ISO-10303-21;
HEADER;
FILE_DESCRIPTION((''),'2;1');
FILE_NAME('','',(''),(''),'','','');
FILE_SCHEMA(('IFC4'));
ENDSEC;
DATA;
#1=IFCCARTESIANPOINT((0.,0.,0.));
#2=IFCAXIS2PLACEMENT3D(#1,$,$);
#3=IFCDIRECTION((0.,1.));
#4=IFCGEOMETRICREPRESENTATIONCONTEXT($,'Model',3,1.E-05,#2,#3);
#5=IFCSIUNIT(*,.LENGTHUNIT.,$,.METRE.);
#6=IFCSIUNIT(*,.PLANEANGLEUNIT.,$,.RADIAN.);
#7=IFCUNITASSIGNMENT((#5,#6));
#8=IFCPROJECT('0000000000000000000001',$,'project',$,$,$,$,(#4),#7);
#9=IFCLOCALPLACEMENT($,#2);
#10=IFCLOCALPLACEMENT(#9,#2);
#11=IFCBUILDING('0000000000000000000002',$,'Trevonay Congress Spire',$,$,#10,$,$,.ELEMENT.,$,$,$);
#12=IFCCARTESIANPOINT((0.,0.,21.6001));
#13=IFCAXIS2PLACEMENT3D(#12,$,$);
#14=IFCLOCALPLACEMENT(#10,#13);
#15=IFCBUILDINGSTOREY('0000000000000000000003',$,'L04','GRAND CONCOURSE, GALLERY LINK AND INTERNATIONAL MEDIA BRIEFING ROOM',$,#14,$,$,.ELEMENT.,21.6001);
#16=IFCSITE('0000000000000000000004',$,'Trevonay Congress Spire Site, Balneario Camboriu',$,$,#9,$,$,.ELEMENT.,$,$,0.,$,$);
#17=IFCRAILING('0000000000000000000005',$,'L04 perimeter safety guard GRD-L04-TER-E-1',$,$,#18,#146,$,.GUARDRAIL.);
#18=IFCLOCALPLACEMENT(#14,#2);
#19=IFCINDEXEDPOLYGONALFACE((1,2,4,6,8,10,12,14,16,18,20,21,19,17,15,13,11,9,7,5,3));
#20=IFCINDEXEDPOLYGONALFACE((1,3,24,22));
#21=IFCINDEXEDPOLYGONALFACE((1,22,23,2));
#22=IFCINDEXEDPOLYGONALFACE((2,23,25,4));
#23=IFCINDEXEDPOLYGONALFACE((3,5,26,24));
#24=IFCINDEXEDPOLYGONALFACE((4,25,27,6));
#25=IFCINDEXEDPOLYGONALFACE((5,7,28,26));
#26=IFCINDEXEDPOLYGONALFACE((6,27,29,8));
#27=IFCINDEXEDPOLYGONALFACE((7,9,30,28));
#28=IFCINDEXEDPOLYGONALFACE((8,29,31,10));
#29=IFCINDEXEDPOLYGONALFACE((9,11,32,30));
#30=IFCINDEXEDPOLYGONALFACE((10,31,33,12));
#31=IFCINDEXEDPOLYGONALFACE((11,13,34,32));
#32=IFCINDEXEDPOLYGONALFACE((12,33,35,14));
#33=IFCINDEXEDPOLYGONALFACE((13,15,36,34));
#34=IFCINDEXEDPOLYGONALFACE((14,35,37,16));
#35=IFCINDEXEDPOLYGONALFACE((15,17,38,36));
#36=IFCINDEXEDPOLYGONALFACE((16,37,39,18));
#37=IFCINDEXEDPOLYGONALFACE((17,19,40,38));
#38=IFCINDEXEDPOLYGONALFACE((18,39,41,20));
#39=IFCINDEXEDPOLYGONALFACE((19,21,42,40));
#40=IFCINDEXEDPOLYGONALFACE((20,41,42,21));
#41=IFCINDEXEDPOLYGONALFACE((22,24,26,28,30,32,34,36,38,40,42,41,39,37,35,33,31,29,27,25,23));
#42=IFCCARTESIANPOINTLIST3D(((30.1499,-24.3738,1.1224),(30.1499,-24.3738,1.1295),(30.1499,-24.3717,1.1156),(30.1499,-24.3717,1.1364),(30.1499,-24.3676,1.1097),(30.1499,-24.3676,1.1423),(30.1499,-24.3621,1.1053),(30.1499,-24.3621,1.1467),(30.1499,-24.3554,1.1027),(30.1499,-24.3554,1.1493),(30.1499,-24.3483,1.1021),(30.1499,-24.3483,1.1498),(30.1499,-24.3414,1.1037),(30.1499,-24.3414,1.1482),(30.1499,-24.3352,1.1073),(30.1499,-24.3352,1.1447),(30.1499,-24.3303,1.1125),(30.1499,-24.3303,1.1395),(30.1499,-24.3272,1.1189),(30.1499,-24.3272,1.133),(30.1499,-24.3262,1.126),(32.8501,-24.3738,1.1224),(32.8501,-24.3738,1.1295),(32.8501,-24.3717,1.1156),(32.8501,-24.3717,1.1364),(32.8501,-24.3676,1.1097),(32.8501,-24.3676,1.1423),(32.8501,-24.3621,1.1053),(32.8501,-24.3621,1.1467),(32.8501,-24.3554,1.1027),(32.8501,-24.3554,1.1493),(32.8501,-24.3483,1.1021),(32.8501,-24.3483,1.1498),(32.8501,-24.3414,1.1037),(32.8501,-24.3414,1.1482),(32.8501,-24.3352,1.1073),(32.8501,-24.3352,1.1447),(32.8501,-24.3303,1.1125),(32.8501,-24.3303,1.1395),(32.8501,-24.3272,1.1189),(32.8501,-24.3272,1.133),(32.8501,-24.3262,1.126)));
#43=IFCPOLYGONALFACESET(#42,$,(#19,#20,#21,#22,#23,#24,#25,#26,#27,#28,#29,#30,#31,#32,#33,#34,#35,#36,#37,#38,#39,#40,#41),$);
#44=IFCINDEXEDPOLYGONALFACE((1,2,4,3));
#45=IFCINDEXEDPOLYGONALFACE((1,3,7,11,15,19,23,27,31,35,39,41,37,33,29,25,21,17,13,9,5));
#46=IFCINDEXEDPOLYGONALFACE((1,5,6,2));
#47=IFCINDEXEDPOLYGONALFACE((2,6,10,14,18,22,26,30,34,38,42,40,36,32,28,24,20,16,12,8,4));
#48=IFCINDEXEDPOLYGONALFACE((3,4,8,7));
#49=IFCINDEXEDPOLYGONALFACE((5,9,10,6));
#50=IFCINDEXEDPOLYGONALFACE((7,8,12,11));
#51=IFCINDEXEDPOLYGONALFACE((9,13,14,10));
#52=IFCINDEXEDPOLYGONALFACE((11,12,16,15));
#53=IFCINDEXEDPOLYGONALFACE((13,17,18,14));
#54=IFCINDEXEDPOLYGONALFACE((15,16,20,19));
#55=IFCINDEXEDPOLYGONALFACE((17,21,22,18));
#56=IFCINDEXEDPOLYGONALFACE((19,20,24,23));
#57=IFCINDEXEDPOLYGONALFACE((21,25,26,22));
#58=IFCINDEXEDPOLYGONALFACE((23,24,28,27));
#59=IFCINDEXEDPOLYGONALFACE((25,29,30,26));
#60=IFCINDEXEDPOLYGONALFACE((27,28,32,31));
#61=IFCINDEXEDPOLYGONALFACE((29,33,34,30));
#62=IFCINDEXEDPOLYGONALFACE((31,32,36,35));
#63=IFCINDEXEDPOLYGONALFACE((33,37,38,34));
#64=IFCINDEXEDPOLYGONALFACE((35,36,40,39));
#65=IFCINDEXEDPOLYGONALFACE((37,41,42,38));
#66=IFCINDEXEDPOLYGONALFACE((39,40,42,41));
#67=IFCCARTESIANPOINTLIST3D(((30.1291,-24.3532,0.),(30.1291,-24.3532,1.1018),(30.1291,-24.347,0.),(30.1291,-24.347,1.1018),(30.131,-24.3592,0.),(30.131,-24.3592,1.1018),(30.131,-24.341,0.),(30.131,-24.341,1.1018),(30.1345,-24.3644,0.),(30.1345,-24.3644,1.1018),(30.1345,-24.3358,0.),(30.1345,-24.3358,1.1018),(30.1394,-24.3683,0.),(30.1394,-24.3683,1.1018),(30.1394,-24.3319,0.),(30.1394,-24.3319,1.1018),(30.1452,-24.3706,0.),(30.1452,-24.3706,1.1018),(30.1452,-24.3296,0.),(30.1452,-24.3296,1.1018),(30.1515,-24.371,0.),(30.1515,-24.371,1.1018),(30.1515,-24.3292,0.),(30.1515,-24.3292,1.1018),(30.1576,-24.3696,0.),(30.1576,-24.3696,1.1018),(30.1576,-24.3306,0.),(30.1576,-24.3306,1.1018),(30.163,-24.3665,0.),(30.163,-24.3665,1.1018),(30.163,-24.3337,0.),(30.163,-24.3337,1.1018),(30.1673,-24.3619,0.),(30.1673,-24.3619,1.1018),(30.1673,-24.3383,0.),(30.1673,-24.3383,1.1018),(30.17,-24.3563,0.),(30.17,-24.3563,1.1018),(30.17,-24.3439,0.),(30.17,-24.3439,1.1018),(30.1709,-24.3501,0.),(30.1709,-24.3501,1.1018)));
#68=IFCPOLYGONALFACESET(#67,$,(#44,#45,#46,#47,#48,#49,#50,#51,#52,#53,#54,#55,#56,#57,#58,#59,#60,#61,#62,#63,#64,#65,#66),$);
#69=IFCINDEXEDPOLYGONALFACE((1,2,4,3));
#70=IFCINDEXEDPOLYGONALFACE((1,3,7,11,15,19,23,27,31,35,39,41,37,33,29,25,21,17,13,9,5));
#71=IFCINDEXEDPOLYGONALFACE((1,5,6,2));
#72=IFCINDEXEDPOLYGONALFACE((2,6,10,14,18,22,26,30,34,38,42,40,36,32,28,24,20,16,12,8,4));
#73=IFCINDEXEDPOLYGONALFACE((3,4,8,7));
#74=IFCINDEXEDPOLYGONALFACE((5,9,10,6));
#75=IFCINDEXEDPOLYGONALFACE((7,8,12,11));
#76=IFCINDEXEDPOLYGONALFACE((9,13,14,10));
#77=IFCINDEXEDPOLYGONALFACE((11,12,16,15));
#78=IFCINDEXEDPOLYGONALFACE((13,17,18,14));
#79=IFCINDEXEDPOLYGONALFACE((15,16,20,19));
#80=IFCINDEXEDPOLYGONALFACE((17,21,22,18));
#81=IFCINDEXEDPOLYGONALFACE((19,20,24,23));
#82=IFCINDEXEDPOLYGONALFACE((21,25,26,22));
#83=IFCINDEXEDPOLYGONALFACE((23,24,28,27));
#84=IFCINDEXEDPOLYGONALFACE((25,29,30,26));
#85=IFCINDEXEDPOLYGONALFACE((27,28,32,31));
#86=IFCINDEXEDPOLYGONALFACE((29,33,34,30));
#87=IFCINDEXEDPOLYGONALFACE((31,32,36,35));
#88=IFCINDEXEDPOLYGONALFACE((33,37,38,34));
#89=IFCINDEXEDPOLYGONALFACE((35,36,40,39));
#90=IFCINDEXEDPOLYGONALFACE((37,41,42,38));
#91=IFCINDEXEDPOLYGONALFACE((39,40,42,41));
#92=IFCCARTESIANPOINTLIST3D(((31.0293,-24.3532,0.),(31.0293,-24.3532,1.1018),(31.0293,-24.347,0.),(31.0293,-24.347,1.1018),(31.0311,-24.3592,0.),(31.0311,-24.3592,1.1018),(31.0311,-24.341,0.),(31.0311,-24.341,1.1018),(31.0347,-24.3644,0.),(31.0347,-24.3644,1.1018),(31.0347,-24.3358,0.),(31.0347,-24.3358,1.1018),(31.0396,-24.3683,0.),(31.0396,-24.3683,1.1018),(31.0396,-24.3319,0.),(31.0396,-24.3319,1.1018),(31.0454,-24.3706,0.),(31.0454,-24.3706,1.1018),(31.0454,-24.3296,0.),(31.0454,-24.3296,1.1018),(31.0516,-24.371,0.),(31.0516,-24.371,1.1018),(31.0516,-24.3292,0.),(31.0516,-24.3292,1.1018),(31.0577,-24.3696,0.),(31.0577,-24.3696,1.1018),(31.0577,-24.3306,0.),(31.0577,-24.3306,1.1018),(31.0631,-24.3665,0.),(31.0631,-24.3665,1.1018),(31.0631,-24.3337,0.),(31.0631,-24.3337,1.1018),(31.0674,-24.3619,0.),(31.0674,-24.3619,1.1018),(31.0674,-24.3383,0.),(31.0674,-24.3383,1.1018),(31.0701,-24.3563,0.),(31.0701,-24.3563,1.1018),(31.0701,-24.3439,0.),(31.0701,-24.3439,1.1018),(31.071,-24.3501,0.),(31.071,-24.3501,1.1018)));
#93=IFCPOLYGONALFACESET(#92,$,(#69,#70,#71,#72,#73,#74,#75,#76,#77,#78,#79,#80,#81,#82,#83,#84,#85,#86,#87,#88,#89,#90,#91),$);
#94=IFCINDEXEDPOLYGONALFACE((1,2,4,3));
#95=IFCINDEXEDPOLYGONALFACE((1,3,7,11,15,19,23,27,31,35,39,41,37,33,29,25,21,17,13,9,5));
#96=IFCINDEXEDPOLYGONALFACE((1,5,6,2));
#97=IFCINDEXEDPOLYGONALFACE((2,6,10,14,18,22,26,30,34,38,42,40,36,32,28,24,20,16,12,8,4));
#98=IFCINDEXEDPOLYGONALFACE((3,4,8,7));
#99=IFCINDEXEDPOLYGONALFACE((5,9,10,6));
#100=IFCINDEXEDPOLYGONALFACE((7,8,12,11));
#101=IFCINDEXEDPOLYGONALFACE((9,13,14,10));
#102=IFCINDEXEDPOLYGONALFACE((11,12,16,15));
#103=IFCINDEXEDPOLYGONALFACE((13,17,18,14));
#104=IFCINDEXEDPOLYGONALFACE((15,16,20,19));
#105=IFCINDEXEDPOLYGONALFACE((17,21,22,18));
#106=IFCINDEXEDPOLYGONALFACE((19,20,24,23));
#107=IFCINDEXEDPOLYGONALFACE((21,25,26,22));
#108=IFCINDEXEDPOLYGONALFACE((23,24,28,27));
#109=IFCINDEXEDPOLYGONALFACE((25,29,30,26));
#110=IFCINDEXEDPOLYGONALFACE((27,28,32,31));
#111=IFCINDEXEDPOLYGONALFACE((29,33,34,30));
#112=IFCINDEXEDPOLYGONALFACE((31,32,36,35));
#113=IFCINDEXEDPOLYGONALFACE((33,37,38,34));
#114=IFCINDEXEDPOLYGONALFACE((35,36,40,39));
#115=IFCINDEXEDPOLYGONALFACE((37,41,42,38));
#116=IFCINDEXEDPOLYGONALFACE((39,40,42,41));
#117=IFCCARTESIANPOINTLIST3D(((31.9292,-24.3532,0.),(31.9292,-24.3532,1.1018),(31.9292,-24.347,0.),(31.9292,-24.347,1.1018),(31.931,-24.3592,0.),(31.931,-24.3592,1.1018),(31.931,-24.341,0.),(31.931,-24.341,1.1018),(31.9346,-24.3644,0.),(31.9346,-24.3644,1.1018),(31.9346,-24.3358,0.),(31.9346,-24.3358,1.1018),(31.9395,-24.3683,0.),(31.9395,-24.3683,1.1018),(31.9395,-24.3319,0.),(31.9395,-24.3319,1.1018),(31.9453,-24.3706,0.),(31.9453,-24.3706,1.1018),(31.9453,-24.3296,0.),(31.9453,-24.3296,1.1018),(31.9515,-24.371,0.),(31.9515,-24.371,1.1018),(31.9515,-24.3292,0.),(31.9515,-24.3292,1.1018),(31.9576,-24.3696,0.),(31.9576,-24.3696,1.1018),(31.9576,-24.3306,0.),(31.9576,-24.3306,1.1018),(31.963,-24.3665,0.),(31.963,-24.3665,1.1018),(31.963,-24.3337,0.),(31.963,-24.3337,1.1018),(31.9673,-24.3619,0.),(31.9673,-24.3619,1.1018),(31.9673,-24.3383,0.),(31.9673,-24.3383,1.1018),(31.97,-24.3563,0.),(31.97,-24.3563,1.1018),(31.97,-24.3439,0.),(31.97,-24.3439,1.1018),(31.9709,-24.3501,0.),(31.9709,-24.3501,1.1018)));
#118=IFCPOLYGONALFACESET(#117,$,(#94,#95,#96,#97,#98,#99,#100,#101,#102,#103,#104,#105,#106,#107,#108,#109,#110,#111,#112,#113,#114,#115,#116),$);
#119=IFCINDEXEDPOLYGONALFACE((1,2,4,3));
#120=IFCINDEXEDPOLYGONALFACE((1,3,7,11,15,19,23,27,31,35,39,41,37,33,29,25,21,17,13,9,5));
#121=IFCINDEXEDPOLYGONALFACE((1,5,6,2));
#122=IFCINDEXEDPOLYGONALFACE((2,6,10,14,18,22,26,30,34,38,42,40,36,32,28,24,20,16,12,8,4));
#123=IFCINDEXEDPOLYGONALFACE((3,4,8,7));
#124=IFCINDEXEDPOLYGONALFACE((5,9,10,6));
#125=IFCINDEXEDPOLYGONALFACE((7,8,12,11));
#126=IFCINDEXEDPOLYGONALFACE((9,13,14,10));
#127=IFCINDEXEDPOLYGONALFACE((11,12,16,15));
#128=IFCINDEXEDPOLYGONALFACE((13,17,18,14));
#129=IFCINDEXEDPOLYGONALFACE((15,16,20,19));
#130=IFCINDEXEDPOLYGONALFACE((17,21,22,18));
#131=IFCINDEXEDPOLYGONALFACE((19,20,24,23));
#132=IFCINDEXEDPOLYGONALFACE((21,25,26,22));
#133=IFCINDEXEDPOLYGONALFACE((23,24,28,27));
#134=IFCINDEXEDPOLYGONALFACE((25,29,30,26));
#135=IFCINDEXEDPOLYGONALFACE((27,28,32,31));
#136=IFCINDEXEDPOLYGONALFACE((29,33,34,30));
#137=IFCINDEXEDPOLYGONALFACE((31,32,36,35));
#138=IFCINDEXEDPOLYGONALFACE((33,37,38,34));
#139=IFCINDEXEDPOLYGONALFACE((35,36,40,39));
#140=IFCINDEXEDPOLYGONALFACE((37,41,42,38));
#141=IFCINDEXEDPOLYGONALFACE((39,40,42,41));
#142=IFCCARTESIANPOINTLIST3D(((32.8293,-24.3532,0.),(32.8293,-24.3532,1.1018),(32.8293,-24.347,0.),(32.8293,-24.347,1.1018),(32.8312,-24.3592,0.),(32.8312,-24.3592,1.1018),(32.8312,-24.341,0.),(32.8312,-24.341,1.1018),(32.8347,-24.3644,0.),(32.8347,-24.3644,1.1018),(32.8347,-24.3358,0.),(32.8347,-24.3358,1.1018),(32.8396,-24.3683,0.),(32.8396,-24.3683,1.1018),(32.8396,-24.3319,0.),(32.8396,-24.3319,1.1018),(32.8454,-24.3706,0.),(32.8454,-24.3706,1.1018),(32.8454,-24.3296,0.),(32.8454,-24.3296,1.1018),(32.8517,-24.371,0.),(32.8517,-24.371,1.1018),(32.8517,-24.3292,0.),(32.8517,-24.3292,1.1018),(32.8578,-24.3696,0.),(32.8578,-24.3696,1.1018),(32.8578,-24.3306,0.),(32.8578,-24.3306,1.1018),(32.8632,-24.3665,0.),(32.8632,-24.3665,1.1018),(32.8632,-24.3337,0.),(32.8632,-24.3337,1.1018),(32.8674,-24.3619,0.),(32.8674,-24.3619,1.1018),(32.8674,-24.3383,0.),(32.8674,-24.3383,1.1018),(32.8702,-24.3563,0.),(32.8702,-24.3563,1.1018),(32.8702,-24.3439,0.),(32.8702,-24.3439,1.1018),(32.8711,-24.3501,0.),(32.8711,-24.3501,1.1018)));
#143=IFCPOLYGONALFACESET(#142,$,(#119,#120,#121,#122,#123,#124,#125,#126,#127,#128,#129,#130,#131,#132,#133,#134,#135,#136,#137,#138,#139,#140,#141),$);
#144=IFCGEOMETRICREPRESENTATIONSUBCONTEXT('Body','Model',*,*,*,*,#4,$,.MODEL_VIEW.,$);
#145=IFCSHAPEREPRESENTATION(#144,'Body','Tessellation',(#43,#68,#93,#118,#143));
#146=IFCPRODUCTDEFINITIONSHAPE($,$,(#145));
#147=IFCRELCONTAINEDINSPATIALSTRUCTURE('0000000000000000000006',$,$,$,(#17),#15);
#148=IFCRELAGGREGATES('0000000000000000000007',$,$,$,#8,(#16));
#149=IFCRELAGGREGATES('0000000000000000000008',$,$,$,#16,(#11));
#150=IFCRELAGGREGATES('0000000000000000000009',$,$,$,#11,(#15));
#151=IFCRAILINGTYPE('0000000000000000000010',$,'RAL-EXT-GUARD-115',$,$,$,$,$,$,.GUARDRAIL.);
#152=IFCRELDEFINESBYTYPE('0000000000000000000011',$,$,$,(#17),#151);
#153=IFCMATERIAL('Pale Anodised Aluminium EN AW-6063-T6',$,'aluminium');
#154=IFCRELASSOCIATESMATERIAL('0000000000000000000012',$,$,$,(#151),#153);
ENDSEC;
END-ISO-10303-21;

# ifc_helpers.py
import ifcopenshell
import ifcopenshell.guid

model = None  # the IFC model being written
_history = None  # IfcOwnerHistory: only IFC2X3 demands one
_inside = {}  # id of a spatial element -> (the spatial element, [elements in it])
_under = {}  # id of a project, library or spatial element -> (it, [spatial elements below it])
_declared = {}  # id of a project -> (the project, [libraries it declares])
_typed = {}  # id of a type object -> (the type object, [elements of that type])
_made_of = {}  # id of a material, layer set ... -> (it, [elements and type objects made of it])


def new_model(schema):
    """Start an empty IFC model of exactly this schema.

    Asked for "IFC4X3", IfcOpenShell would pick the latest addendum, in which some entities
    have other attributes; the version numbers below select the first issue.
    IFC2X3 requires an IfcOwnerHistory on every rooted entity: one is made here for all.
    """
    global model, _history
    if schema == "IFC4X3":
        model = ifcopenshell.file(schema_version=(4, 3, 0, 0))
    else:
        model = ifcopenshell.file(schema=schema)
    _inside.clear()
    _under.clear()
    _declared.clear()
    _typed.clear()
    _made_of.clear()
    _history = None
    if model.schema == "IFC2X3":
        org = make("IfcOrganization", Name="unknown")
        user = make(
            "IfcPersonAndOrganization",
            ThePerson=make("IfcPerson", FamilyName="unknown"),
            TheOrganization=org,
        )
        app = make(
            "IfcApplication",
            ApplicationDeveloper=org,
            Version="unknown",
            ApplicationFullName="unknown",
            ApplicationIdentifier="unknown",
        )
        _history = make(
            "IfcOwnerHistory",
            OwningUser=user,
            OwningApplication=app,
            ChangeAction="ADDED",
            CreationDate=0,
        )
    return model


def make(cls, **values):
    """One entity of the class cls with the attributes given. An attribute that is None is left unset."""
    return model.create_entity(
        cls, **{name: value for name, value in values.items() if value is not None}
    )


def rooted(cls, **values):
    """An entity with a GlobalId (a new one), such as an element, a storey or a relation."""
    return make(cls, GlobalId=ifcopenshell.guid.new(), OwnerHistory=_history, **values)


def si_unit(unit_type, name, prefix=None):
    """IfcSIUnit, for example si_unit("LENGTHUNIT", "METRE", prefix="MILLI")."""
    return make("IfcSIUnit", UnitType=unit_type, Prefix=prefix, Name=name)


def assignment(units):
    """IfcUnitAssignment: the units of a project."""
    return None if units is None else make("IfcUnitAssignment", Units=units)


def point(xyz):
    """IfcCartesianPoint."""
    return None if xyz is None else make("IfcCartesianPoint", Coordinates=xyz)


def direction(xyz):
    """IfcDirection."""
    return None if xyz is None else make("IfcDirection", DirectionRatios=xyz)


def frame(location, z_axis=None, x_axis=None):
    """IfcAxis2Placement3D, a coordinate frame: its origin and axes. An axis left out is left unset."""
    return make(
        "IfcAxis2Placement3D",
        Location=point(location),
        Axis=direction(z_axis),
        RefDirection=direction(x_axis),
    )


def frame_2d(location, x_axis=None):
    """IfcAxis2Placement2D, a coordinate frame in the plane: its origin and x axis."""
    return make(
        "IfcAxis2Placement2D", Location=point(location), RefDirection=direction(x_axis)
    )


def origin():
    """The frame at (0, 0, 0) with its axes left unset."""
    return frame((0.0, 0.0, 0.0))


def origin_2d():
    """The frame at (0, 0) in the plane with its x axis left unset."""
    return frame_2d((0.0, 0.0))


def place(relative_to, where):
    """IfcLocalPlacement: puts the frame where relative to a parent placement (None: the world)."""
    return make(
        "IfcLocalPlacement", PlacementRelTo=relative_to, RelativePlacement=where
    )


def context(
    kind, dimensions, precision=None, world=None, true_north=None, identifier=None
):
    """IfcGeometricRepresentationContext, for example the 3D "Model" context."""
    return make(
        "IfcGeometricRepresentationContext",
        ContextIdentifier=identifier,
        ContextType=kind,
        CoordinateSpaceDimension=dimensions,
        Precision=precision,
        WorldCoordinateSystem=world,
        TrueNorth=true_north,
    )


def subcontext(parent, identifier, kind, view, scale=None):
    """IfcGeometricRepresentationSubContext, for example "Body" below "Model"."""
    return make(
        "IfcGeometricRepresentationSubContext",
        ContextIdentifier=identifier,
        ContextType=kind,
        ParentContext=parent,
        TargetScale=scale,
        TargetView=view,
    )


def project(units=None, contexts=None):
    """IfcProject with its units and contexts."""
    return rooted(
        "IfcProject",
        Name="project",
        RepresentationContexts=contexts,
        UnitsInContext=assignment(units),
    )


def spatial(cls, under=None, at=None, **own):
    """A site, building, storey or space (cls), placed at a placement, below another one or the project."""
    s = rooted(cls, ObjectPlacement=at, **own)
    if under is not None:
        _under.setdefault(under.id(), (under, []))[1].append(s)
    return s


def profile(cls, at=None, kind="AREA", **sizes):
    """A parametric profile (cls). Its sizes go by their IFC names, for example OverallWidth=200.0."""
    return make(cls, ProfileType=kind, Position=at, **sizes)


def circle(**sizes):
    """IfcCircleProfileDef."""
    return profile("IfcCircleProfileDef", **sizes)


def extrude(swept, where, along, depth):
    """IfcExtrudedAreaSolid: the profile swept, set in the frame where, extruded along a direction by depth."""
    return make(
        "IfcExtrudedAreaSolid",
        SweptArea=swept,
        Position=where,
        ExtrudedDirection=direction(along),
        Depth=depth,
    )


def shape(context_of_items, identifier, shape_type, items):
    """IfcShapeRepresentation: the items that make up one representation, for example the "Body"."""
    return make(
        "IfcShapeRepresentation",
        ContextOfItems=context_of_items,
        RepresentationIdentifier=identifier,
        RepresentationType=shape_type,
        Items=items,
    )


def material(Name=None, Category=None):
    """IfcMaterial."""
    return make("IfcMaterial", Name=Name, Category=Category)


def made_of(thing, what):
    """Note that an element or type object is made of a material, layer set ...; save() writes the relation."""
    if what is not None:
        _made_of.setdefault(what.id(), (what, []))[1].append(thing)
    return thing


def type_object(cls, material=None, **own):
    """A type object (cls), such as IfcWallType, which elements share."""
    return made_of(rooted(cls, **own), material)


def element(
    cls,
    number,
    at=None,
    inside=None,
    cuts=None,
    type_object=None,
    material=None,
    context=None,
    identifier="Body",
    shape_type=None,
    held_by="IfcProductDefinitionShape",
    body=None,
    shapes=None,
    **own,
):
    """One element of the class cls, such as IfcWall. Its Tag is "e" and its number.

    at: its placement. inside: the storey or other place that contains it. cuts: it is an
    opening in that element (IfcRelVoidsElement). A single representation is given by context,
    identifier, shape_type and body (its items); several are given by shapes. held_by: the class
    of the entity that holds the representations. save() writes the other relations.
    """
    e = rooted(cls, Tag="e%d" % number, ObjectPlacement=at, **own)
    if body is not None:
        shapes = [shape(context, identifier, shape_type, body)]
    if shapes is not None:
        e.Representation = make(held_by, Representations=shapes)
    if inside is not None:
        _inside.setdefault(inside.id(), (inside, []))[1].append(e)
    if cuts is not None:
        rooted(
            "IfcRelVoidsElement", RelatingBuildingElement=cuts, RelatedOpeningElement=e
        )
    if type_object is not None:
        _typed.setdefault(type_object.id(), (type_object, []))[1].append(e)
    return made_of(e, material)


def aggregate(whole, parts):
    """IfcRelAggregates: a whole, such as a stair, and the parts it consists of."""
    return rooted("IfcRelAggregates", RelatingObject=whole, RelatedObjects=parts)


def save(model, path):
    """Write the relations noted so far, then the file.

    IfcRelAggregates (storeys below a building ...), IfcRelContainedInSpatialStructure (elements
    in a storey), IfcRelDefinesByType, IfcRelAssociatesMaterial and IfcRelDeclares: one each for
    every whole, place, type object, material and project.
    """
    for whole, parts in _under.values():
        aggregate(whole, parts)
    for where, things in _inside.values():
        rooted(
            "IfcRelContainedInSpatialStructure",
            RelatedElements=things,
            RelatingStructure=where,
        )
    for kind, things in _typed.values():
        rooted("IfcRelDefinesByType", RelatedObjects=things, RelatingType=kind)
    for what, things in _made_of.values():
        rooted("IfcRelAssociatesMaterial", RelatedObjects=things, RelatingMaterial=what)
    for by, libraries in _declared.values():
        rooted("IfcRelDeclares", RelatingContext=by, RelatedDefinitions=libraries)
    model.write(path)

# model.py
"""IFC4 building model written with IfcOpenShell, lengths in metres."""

from ifc_helpers import new_model, si_unit, direction, frame, origin, origin_2d, place, context, subcontext, project, spatial, circle, extrude, material, type_object, element, save


model = new_model("IFC4")

# Units and contexts
model_context = context("Model", 3, precision=1e-05, world=origin(), true_north=direction((0.0, 1.0)))
body_context = subcontext(model_context, "Body", "Model", "MODEL_VIEW")
ifc_project = project(units=[si_unit("LENGTHUNIT", "METRE"), si_unit("PLANEANGLEUNIT", "RADIAN")], contexts=[model_context])

# Site, building, storey
site_placement = place(None, origin())
site = spatial("IfcSite", under=ifc_project, at=site_placement, Name="Trevonay Congress Spire Site, Balneario Camboriu", CompositionType="ELEMENT", RefElevation=0.0)
building_placement = place(site_placement, origin())
building = spatial("IfcBuilding", under=site, at=building_placement, Name="Trevonay Congress Spire", CompositionType="ELEMENT")
storey_placement = place(building_placement, frame((0.0, 0.0, 21.6001)))
storey = spatial("IfcBuildingStorey", under=building, at=storey_placement, Name="L04", Description="GRAND CONCOURSE, GALLERY LINK AND INTERNATIONAL MEDIA BRIEFING ROOM", CompositionType="ELEMENT", Elevation=21.6001)

# Shared definitions
ifc_material_1 = material(Name="Pale Anodised Aluminium EN AW-6063-T6", Category="aluminium")

# Railing
railing_type = type_object("IfcRailingType", Name="RAL-EXT-GUARD-115", PredefinedType="GUARDRAIL", material=ifc_material_1)
railing_1_placement = place(storey_placement, frame((30.1499, -24.3501, 0.0)))
element("IfcRailing", 1, at=railing_1_placement, inside=storey, type_object=railing_type, Name="L04 perimeter safety guard GRD-L04-TER-E-1", PredefinedType="GUARDRAIL", context=body_context, shape_type="SweptSolid", body=[
    extrude(circle(Radius=0.0239, at=origin_2d()), frame((0.0, 0.0, 1.126), z_axis=(1.0, 0.0, 0.0), x_axis=(0.0, 1.0, 0.0)), (0.0, 0.0, 1.0), 2.7002),
    extrude(circle(Radius=0.021, at=origin_2d()), origin(), (0.0, 0.0, 1.0), 1.1018),
    extrude(circle(Radius=0.021, at=origin_2d()), frame((0.9001, 0.0, 0.0)), (0.0, 0.0, 1.0), 1.1018),
    extrude(circle(Radius=0.021, at=origin_2d()), frame((1.8, 0.0, 0.0)), (0.0, 0.0, 1.0), 1.1018),
    extrude(circle(Radius=0.021, at=origin_2d()), frame((2.7002, 0.0, 0.0)), (0.0, 0.0, 1.0), 1.1018),
])

save(model, "model.ifc")
